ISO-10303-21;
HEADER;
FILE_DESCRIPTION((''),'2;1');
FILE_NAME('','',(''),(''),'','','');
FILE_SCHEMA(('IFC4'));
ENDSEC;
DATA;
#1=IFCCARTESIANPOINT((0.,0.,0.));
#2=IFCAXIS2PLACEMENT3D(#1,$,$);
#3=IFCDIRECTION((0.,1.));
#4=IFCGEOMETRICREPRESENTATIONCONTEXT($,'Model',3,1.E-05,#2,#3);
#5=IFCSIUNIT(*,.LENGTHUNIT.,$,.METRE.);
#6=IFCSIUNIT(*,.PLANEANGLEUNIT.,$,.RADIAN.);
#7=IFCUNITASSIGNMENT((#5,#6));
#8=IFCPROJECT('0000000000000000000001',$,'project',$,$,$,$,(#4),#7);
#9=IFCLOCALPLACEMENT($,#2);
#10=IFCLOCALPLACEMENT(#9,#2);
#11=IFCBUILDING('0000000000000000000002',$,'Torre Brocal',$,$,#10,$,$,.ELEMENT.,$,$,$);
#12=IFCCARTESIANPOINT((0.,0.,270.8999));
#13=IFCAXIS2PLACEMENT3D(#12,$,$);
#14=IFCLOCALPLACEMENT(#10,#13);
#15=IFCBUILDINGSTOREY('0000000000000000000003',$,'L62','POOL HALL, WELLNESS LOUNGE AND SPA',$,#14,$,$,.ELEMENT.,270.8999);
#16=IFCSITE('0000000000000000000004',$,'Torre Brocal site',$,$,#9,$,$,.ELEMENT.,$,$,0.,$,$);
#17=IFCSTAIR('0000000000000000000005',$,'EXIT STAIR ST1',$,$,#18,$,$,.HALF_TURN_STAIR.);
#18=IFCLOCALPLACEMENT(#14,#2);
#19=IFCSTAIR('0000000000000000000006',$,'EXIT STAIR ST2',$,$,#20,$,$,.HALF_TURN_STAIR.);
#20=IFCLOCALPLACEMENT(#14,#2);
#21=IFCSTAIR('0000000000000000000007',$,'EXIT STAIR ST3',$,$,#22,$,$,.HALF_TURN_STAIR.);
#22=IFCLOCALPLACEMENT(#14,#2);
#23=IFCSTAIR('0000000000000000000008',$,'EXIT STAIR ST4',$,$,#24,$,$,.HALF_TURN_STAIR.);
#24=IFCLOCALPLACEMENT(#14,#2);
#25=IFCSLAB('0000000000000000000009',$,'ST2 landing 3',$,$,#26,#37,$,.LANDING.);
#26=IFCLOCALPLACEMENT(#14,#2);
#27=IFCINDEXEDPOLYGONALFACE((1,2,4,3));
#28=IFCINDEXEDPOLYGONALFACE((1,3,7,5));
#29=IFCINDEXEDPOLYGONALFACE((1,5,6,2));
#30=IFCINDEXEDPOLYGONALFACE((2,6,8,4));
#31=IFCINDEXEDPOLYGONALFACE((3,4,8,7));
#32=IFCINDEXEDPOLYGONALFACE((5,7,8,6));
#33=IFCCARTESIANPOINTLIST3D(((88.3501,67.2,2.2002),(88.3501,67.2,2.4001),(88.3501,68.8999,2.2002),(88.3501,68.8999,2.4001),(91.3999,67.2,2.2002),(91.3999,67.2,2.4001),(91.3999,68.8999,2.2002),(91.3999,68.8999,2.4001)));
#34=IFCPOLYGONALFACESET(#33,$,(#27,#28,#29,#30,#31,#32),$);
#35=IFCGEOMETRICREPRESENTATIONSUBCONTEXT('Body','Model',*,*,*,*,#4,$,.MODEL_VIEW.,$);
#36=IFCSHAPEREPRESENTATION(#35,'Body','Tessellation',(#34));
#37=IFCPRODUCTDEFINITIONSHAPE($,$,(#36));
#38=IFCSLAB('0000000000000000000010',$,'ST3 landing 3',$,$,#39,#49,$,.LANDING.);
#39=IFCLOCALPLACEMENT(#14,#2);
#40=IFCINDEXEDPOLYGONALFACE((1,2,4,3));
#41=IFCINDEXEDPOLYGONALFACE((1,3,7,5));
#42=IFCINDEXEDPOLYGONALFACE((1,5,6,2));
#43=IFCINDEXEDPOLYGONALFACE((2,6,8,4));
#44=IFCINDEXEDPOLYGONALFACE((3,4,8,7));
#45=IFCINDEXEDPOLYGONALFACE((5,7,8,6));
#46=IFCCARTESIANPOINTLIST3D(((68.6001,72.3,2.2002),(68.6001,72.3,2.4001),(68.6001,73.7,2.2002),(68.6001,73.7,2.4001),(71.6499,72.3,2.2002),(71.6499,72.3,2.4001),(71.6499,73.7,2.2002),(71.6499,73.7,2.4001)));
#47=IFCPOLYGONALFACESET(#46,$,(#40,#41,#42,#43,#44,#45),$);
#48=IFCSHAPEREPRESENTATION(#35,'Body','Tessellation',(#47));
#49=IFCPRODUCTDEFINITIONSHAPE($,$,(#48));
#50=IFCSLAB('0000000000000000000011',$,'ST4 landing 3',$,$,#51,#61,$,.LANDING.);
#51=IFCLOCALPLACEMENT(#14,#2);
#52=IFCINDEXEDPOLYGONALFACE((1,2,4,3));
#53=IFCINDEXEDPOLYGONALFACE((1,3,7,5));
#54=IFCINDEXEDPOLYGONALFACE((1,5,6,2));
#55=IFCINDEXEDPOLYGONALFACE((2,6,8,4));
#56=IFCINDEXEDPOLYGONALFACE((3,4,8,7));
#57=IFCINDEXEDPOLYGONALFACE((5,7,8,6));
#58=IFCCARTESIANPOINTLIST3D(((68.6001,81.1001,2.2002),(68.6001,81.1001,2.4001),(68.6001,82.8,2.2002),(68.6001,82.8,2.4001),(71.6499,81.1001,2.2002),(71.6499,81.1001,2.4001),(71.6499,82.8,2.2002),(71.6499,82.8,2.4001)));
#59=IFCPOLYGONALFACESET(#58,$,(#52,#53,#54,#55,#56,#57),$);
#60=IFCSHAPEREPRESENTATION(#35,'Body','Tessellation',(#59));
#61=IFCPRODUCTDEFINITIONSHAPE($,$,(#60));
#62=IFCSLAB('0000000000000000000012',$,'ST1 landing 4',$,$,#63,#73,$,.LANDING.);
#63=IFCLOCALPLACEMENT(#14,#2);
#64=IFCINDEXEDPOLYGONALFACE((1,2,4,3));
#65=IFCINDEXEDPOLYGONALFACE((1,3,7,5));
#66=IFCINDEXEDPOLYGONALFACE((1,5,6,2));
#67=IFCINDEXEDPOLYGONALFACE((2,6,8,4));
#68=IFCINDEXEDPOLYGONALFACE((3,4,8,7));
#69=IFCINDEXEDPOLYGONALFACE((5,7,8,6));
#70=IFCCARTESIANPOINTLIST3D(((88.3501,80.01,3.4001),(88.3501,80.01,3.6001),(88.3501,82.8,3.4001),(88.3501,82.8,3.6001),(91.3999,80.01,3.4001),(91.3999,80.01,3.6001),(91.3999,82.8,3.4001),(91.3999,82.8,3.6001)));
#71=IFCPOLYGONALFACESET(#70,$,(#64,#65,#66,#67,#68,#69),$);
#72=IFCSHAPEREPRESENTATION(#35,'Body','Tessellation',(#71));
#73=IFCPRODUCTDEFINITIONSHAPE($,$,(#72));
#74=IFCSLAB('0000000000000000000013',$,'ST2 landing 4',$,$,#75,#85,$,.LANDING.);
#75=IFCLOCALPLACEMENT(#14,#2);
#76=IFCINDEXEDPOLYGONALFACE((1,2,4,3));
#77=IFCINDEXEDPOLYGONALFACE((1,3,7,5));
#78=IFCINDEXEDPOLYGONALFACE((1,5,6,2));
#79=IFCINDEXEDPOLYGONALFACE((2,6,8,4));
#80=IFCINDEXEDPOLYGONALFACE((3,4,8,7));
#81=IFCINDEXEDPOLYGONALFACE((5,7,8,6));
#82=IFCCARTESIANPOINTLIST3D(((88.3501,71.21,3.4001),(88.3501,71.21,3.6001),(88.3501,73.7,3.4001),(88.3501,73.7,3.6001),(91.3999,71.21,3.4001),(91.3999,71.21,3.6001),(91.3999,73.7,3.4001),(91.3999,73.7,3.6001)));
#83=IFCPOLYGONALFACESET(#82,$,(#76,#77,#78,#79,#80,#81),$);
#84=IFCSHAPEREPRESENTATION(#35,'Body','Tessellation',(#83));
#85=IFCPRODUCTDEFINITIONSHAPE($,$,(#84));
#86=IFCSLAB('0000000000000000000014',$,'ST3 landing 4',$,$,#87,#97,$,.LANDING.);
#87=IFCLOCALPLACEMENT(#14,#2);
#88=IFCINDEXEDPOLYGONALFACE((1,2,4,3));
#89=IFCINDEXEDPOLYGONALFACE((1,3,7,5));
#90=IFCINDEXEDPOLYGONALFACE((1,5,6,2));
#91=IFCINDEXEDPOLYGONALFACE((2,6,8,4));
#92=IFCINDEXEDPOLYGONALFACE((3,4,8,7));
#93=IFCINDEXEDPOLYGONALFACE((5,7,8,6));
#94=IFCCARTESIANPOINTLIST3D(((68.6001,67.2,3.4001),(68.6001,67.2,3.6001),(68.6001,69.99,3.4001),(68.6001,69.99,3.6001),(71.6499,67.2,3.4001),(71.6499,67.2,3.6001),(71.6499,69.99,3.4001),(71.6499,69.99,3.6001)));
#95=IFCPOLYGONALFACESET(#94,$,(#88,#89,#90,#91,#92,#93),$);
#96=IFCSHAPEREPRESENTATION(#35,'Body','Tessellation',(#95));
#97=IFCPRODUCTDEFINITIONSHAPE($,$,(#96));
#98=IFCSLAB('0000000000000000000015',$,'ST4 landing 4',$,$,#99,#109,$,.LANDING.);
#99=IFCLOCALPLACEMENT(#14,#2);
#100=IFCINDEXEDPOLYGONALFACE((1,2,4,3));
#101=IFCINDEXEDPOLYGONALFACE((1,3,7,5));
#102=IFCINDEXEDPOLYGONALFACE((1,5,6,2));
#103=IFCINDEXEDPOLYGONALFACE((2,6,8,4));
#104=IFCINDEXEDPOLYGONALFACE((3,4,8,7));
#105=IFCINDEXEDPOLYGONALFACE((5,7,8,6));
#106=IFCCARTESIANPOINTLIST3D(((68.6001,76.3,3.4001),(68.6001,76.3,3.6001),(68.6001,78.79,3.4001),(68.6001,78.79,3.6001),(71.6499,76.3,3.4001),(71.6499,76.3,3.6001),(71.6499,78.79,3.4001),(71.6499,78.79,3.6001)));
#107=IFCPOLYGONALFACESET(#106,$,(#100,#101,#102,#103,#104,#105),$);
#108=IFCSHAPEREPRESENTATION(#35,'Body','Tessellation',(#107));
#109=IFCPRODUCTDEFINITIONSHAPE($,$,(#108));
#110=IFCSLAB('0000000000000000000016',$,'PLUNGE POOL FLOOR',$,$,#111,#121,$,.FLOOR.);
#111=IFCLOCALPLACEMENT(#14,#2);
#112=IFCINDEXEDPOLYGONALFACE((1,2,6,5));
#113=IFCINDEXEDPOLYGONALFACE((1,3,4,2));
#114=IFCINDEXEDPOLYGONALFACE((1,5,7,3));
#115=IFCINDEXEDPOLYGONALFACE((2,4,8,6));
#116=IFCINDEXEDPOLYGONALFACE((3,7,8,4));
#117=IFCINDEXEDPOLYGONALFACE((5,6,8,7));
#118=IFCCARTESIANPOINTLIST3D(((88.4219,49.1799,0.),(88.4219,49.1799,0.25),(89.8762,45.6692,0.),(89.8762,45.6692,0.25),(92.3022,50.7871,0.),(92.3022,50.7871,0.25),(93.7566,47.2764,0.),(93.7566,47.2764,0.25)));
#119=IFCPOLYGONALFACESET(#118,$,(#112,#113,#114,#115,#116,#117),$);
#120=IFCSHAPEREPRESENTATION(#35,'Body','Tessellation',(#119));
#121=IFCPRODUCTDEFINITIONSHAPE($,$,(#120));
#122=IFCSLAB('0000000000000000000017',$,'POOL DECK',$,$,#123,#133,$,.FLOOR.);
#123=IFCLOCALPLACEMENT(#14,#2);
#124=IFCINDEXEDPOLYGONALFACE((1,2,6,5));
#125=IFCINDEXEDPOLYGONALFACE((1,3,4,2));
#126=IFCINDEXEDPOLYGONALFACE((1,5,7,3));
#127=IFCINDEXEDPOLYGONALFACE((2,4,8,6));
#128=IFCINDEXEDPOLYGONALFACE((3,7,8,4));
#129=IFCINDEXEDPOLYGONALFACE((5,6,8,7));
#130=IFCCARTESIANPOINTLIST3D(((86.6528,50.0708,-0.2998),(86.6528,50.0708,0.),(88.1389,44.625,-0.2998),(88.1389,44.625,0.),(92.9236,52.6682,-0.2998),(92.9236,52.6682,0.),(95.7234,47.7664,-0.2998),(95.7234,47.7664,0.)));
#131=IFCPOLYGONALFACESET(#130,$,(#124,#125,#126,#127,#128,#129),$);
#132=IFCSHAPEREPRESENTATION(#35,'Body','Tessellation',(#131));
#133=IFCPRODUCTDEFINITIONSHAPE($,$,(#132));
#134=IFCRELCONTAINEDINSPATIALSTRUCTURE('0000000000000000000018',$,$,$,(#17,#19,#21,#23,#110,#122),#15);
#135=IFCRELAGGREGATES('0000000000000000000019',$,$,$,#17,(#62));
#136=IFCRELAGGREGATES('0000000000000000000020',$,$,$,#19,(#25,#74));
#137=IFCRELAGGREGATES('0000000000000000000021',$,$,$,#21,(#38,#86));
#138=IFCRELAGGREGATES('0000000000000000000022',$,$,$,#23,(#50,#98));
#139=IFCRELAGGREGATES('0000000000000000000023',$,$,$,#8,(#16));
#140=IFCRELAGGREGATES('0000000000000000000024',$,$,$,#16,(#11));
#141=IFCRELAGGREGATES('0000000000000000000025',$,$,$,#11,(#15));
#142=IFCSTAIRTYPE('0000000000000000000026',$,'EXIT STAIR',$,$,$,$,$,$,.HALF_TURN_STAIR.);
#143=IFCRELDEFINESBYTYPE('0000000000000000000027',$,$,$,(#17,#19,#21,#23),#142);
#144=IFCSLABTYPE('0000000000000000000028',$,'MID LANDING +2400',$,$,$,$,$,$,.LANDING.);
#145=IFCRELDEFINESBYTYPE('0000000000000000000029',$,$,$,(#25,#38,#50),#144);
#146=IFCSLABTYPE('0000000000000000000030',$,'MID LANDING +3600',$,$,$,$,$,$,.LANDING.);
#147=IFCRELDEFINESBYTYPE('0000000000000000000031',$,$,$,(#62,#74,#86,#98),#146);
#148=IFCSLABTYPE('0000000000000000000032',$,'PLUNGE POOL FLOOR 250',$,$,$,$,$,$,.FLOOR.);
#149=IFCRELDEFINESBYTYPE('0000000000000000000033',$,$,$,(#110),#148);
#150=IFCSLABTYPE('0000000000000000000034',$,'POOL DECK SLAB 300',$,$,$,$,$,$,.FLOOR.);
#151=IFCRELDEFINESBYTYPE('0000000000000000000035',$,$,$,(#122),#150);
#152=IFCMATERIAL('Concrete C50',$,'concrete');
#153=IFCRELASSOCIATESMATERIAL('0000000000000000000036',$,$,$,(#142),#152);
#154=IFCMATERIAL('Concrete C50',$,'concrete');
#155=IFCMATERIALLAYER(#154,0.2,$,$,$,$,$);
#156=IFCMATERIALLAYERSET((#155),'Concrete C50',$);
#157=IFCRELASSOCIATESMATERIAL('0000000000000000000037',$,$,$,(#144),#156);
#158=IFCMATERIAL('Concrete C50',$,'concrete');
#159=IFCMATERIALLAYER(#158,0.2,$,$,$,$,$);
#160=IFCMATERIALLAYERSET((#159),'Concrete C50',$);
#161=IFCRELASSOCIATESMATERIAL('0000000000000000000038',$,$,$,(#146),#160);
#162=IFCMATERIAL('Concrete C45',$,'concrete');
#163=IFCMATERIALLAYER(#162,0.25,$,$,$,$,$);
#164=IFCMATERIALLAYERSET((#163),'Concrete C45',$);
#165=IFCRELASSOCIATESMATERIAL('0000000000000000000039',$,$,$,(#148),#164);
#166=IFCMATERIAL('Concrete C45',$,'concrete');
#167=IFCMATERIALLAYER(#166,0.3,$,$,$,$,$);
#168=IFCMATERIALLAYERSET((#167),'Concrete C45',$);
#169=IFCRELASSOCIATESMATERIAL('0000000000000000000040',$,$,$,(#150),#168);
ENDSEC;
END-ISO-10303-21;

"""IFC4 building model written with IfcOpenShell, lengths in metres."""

from ifc_helpers import new_model, si_unit, direction, frame, origin, place, context, subcontext, project, spatial, polyline, outline, extrude, material, layer, layer_set, type_object, element, aggregate, save


model = new_model("IFC4")

# Units and contexts
model_context = context("Model", 3, precision=1e-05, world=origin(), true_north=direction((0.0, 1.0)))
body_context = subcontext(model_context, "Body", "Model", "MODEL_VIEW")
ifc_project = project(units=[si_unit("LENGTHUNIT", "METRE"), si_unit("PLANEANGLEUNIT", "RADIAN")], contexts=[model_context])

# Site, building, storey
site_placement = place(None, origin())
site = spatial("IfcSite", under=ifc_project, at=site_placement, Name="Torre Brocal site", CompositionType="ELEMENT", RefElevation=0.0)
building_placement = place(site_placement, origin())
building = spatial("IfcBuilding", under=site, at=building_placement, Name="Torre Brocal", CompositionType="ELEMENT")
storey_placement = place(building_placement, frame((0.0, 0.0, 270.8999)))
storey = spatial("IfcBuildingStorey", under=building, at=storey_placement, Name="L62", Description="POOL HALL, WELLNESS LOUNGE AND SPA", CompositionType="ELEMENT", Elevation=270.8999)

# Stairs
ifc_material_1 = material(Name="Concrete C50", Category="concrete")
stair_type = type_object("IfcStairType", Name="EXIT STAIR", PredefinedType="HALF_TURN_STAIR", material=ifc_material_1)
stair_1_placement = place(storey_placement, origin())
stair_1 = element("IfcStair", 1, at=stair_1_placement, inside=storey, type_object=stair_type, Name="EXIT STAIR ST1", PredefinedType="HALF_TURN_STAIR")
stair_2_placement = place(storey_placement, origin())
stair_2 = element("IfcStair", 2, at=stair_2_placement, inside=storey, type_object=stair_type, Name="EXIT STAIR ST2", PredefinedType="HALF_TURN_STAIR")
stair_3_placement = place(storey_placement, origin())
stair_3 = element("IfcStair", 3, at=stair_3_placement, inside=storey, type_object=stair_type, Name="EXIT STAIR ST3", PredefinedType="HALF_TURN_STAIR")
stair_4_placement = place(storey_placement, origin())
stair_4 = element("IfcStair", 4, at=stair_4_placement, inside=storey, type_object=stair_type, Name="EXIT STAIR ST4", PredefinedType="HALF_TURN_STAIR")

# Slabs
ifc_material_2 = material(Name="Concrete C50", Category="concrete")
ifc_layer_1 = layer(ifc_material_2, 0.2)
ifc_layer_set_1 = layer_set([ifc_layer_1], Name="Concrete C50")
slab_type_1 = type_object("IfcSlabType", Name="MID LANDING +2400", PredefinedType="LANDING", material=ifc_layer_set_1)
slab_1_placement = place(storey_placement, frame((0.0, 0.0, 2.2002)))
slab_1 = element("IfcSlab", 5, at=slab_1_placement, type_object=slab_type_1, Name="ST2 landing 3", PredefinedType="LANDING", context=body_context, shape_type="SweptSolid", body=[
    extrude(outline(polyline([(88.3501, 67.2), (91.3999, 67.2), (91.3999, 68.8999), (88.3501, 68.8999), (88.3501, 67.2)])), origin(), (0.0, 0.0, 1.0), 0.2),
])
slab_2_placement = place(storey_placement, frame((0.0, 0.0, 2.2002)))
slab_2 = element("IfcSlab", 6, at=slab_2_placement, type_object=slab_type_1, Name="ST3 landing 3", PredefinedType="LANDING", context=body_context, shape_type="SweptSolid", body=[
    extrude(outline(polyline([(71.6499, 73.7), (68.6001, 73.7), (68.6001, 72.3), (71.6499, 72.3), (71.6499, 73.7)])), origin(), (0.0, 0.0, 1.0), 0.2),
])
slab_3_placement = place(storey_placement, frame((0.0, 0.0, 2.2002)))
slab_3 = element("IfcSlab", 7, at=slab_3_placement, type_object=slab_type_1, Name="ST4 landing 3", PredefinedType="LANDING", context=body_context, shape_type="SweptSolid", body=[
    extrude(outline(polyline([(71.6499, 82.8), (68.6001, 82.8), (68.6001, 81.1001), (71.6499, 81.1001), (71.6499, 82.8)])), origin(), (0.0, 0.0, 1.0), 0.2),
])
ifc_material_3 = material(Name="Concrete C50", Category="concrete")
ifc_layer_2 = layer(ifc_material_3, 0.2)
ifc_layer_set_2 = layer_set([ifc_layer_2], Name="Concrete C50")
slab_type_2 = type_object("IfcSlabType", Name="MID LANDING +3600", PredefinedType="LANDING", material=ifc_layer_set_2)
slab_4_placement = place(storey_placement, frame((0.0, 0.0, 3.4001)))
slab_4 = element("IfcSlab", 8, at=slab_4_placement, type_object=slab_type_2, Name="ST1 landing 4", PredefinedType="LANDING", context=body_context, shape_type="SweptSolid", body=[
    extrude(outline(polyline([(88.3501, 80.01), (91.3999, 80.01), (91.3999, 82.8), (88.3501, 82.8), (88.3501, 80.01)])), origin(), (0.0, 0.0, 1.0), 0.2),
])
aggregate(stair_1, [slab_4])
slab_5_placement = place(storey_placement, frame((0.0, 0.0, 3.4001)))
slab_5 = element("IfcSlab", 9, at=slab_5_placement, type_object=slab_type_2, Name="ST2 landing 4", PredefinedType="LANDING", context=body_context, shape_type="SweptSolid", body=[
    extrude(outline(polyline([(88.3501, 71.21), (91.3999, 71.21), (91.3999, 73.7), (88.3501, 73.7), (88.3501, 71.21)])), origin(), (0.0, 0.0, 1.0), 0.2),
])
aggregate(stair_2, [slab_1, slab_5])
slab_6_placement = place(storey_placement, frame((0.0, 0.0, 3.4001)))
slab_6 = element("IfcSlab", 10, at=slab_6_placement, type_object=slab_type_2, Name="ST3 landing 4", PredefinedType="LANDING", context=body_context, shape_type="SweptSolid", body=[
    extrude(outline(polyline([(71.6499, 69.99), (68.6001, 69.99), (68.6001, 67.2), (71.6499, 67.2), (71.6499, 69.99)])), origin(), (0.0, 0.0, 1.0), 0.2),
])
aggregate(stair_3, [slab_2, slab_6])
slab_7_placement = place(storey_placement, frame((0.0, 0.0, 3.4001)))
slab_7 = element("IfcSlab", 11, at=slab_7_placement, type_object=slab_type_2, Name="ST4 landing 4", PredefinedType="LANDING", context=body_context, shape_type="SweptSolid", body=[
    extrude(outline(polyline([(71.6499, 78.79), (68.6001, 78.79), (68.6001, 76.3), (71.6499, 76.3), (71.6499, 78.79)])), origin(), (0.0, 0.0, 1.0), 0.2),
])
aggregate(stair_4, [slab_3, slab_7])

# Slabs
ifc_material_4 = material(Name="Concrete C45", Category="concrete")
ifc_layer_3 = layer(ifc_material_4, 0.25)
ifc_layer_set_3 = layer_set([ifc_layer_3], Name="Concrete C45")
slab_type_3 = type_object("IfcSlabType", Name="PLUNGE POOL FLOOR 250", PredefinedType="FLOOR", material=ifc_layer_set_3)
slab_8_placement = place(storey_placement, origin())
element("IfcSlab", 12, at=slab_8_placement, inside=storey, type_object=slab_type_3, Name="PLUNGE POOL FLOOR", PredefinedType="FLOOR", context=body_context, shape_type="SweptSolid", body=[
    extrude(outline(polyline([(88.4219, 49.1799), (92.3022, 50.7871), (93.7566, 47.2764), (89.8762, 45.6692), (88.4219, 49.1799)])), origin(), (0.0, 0.0, 1.0), 0.25),
])
ifc_material_5 = material(Name="Concrete C45", Category="concrete")
ifc_layer_4 = layer(ifc_material_5, 0.3)
ifc_layer_set_4 = layer_set([ifc_layer_4], Name="Concrete C45")
slab_type_4 = type_object("IfcSlabType", Name="POOL DECK SLAB 300", PredefinedType="FLOOR", material=ifc_layer_set_4)
slab_9_placement = place(storey_placement, frame((0.0, 0.0, -0.2998)))
element("IfcSlab", 13, at=slab_9_placement, inside=storey, type_object=slab_type_4, Name="POOL DECK", PredefinedType="FLOOR", context=body_context, shape_type="SweptSolid", body=[
    extrude(outline(polyline([(86.6528, 50.0708), (92.9236, 52.6682), (95.7234, 47.7664), (88.1389, 44.625), (86.6528, 50.0708)])), origin(), (0.0, 0.0, 1.0), 0.2998),
])

save(model, "model.ifc")
